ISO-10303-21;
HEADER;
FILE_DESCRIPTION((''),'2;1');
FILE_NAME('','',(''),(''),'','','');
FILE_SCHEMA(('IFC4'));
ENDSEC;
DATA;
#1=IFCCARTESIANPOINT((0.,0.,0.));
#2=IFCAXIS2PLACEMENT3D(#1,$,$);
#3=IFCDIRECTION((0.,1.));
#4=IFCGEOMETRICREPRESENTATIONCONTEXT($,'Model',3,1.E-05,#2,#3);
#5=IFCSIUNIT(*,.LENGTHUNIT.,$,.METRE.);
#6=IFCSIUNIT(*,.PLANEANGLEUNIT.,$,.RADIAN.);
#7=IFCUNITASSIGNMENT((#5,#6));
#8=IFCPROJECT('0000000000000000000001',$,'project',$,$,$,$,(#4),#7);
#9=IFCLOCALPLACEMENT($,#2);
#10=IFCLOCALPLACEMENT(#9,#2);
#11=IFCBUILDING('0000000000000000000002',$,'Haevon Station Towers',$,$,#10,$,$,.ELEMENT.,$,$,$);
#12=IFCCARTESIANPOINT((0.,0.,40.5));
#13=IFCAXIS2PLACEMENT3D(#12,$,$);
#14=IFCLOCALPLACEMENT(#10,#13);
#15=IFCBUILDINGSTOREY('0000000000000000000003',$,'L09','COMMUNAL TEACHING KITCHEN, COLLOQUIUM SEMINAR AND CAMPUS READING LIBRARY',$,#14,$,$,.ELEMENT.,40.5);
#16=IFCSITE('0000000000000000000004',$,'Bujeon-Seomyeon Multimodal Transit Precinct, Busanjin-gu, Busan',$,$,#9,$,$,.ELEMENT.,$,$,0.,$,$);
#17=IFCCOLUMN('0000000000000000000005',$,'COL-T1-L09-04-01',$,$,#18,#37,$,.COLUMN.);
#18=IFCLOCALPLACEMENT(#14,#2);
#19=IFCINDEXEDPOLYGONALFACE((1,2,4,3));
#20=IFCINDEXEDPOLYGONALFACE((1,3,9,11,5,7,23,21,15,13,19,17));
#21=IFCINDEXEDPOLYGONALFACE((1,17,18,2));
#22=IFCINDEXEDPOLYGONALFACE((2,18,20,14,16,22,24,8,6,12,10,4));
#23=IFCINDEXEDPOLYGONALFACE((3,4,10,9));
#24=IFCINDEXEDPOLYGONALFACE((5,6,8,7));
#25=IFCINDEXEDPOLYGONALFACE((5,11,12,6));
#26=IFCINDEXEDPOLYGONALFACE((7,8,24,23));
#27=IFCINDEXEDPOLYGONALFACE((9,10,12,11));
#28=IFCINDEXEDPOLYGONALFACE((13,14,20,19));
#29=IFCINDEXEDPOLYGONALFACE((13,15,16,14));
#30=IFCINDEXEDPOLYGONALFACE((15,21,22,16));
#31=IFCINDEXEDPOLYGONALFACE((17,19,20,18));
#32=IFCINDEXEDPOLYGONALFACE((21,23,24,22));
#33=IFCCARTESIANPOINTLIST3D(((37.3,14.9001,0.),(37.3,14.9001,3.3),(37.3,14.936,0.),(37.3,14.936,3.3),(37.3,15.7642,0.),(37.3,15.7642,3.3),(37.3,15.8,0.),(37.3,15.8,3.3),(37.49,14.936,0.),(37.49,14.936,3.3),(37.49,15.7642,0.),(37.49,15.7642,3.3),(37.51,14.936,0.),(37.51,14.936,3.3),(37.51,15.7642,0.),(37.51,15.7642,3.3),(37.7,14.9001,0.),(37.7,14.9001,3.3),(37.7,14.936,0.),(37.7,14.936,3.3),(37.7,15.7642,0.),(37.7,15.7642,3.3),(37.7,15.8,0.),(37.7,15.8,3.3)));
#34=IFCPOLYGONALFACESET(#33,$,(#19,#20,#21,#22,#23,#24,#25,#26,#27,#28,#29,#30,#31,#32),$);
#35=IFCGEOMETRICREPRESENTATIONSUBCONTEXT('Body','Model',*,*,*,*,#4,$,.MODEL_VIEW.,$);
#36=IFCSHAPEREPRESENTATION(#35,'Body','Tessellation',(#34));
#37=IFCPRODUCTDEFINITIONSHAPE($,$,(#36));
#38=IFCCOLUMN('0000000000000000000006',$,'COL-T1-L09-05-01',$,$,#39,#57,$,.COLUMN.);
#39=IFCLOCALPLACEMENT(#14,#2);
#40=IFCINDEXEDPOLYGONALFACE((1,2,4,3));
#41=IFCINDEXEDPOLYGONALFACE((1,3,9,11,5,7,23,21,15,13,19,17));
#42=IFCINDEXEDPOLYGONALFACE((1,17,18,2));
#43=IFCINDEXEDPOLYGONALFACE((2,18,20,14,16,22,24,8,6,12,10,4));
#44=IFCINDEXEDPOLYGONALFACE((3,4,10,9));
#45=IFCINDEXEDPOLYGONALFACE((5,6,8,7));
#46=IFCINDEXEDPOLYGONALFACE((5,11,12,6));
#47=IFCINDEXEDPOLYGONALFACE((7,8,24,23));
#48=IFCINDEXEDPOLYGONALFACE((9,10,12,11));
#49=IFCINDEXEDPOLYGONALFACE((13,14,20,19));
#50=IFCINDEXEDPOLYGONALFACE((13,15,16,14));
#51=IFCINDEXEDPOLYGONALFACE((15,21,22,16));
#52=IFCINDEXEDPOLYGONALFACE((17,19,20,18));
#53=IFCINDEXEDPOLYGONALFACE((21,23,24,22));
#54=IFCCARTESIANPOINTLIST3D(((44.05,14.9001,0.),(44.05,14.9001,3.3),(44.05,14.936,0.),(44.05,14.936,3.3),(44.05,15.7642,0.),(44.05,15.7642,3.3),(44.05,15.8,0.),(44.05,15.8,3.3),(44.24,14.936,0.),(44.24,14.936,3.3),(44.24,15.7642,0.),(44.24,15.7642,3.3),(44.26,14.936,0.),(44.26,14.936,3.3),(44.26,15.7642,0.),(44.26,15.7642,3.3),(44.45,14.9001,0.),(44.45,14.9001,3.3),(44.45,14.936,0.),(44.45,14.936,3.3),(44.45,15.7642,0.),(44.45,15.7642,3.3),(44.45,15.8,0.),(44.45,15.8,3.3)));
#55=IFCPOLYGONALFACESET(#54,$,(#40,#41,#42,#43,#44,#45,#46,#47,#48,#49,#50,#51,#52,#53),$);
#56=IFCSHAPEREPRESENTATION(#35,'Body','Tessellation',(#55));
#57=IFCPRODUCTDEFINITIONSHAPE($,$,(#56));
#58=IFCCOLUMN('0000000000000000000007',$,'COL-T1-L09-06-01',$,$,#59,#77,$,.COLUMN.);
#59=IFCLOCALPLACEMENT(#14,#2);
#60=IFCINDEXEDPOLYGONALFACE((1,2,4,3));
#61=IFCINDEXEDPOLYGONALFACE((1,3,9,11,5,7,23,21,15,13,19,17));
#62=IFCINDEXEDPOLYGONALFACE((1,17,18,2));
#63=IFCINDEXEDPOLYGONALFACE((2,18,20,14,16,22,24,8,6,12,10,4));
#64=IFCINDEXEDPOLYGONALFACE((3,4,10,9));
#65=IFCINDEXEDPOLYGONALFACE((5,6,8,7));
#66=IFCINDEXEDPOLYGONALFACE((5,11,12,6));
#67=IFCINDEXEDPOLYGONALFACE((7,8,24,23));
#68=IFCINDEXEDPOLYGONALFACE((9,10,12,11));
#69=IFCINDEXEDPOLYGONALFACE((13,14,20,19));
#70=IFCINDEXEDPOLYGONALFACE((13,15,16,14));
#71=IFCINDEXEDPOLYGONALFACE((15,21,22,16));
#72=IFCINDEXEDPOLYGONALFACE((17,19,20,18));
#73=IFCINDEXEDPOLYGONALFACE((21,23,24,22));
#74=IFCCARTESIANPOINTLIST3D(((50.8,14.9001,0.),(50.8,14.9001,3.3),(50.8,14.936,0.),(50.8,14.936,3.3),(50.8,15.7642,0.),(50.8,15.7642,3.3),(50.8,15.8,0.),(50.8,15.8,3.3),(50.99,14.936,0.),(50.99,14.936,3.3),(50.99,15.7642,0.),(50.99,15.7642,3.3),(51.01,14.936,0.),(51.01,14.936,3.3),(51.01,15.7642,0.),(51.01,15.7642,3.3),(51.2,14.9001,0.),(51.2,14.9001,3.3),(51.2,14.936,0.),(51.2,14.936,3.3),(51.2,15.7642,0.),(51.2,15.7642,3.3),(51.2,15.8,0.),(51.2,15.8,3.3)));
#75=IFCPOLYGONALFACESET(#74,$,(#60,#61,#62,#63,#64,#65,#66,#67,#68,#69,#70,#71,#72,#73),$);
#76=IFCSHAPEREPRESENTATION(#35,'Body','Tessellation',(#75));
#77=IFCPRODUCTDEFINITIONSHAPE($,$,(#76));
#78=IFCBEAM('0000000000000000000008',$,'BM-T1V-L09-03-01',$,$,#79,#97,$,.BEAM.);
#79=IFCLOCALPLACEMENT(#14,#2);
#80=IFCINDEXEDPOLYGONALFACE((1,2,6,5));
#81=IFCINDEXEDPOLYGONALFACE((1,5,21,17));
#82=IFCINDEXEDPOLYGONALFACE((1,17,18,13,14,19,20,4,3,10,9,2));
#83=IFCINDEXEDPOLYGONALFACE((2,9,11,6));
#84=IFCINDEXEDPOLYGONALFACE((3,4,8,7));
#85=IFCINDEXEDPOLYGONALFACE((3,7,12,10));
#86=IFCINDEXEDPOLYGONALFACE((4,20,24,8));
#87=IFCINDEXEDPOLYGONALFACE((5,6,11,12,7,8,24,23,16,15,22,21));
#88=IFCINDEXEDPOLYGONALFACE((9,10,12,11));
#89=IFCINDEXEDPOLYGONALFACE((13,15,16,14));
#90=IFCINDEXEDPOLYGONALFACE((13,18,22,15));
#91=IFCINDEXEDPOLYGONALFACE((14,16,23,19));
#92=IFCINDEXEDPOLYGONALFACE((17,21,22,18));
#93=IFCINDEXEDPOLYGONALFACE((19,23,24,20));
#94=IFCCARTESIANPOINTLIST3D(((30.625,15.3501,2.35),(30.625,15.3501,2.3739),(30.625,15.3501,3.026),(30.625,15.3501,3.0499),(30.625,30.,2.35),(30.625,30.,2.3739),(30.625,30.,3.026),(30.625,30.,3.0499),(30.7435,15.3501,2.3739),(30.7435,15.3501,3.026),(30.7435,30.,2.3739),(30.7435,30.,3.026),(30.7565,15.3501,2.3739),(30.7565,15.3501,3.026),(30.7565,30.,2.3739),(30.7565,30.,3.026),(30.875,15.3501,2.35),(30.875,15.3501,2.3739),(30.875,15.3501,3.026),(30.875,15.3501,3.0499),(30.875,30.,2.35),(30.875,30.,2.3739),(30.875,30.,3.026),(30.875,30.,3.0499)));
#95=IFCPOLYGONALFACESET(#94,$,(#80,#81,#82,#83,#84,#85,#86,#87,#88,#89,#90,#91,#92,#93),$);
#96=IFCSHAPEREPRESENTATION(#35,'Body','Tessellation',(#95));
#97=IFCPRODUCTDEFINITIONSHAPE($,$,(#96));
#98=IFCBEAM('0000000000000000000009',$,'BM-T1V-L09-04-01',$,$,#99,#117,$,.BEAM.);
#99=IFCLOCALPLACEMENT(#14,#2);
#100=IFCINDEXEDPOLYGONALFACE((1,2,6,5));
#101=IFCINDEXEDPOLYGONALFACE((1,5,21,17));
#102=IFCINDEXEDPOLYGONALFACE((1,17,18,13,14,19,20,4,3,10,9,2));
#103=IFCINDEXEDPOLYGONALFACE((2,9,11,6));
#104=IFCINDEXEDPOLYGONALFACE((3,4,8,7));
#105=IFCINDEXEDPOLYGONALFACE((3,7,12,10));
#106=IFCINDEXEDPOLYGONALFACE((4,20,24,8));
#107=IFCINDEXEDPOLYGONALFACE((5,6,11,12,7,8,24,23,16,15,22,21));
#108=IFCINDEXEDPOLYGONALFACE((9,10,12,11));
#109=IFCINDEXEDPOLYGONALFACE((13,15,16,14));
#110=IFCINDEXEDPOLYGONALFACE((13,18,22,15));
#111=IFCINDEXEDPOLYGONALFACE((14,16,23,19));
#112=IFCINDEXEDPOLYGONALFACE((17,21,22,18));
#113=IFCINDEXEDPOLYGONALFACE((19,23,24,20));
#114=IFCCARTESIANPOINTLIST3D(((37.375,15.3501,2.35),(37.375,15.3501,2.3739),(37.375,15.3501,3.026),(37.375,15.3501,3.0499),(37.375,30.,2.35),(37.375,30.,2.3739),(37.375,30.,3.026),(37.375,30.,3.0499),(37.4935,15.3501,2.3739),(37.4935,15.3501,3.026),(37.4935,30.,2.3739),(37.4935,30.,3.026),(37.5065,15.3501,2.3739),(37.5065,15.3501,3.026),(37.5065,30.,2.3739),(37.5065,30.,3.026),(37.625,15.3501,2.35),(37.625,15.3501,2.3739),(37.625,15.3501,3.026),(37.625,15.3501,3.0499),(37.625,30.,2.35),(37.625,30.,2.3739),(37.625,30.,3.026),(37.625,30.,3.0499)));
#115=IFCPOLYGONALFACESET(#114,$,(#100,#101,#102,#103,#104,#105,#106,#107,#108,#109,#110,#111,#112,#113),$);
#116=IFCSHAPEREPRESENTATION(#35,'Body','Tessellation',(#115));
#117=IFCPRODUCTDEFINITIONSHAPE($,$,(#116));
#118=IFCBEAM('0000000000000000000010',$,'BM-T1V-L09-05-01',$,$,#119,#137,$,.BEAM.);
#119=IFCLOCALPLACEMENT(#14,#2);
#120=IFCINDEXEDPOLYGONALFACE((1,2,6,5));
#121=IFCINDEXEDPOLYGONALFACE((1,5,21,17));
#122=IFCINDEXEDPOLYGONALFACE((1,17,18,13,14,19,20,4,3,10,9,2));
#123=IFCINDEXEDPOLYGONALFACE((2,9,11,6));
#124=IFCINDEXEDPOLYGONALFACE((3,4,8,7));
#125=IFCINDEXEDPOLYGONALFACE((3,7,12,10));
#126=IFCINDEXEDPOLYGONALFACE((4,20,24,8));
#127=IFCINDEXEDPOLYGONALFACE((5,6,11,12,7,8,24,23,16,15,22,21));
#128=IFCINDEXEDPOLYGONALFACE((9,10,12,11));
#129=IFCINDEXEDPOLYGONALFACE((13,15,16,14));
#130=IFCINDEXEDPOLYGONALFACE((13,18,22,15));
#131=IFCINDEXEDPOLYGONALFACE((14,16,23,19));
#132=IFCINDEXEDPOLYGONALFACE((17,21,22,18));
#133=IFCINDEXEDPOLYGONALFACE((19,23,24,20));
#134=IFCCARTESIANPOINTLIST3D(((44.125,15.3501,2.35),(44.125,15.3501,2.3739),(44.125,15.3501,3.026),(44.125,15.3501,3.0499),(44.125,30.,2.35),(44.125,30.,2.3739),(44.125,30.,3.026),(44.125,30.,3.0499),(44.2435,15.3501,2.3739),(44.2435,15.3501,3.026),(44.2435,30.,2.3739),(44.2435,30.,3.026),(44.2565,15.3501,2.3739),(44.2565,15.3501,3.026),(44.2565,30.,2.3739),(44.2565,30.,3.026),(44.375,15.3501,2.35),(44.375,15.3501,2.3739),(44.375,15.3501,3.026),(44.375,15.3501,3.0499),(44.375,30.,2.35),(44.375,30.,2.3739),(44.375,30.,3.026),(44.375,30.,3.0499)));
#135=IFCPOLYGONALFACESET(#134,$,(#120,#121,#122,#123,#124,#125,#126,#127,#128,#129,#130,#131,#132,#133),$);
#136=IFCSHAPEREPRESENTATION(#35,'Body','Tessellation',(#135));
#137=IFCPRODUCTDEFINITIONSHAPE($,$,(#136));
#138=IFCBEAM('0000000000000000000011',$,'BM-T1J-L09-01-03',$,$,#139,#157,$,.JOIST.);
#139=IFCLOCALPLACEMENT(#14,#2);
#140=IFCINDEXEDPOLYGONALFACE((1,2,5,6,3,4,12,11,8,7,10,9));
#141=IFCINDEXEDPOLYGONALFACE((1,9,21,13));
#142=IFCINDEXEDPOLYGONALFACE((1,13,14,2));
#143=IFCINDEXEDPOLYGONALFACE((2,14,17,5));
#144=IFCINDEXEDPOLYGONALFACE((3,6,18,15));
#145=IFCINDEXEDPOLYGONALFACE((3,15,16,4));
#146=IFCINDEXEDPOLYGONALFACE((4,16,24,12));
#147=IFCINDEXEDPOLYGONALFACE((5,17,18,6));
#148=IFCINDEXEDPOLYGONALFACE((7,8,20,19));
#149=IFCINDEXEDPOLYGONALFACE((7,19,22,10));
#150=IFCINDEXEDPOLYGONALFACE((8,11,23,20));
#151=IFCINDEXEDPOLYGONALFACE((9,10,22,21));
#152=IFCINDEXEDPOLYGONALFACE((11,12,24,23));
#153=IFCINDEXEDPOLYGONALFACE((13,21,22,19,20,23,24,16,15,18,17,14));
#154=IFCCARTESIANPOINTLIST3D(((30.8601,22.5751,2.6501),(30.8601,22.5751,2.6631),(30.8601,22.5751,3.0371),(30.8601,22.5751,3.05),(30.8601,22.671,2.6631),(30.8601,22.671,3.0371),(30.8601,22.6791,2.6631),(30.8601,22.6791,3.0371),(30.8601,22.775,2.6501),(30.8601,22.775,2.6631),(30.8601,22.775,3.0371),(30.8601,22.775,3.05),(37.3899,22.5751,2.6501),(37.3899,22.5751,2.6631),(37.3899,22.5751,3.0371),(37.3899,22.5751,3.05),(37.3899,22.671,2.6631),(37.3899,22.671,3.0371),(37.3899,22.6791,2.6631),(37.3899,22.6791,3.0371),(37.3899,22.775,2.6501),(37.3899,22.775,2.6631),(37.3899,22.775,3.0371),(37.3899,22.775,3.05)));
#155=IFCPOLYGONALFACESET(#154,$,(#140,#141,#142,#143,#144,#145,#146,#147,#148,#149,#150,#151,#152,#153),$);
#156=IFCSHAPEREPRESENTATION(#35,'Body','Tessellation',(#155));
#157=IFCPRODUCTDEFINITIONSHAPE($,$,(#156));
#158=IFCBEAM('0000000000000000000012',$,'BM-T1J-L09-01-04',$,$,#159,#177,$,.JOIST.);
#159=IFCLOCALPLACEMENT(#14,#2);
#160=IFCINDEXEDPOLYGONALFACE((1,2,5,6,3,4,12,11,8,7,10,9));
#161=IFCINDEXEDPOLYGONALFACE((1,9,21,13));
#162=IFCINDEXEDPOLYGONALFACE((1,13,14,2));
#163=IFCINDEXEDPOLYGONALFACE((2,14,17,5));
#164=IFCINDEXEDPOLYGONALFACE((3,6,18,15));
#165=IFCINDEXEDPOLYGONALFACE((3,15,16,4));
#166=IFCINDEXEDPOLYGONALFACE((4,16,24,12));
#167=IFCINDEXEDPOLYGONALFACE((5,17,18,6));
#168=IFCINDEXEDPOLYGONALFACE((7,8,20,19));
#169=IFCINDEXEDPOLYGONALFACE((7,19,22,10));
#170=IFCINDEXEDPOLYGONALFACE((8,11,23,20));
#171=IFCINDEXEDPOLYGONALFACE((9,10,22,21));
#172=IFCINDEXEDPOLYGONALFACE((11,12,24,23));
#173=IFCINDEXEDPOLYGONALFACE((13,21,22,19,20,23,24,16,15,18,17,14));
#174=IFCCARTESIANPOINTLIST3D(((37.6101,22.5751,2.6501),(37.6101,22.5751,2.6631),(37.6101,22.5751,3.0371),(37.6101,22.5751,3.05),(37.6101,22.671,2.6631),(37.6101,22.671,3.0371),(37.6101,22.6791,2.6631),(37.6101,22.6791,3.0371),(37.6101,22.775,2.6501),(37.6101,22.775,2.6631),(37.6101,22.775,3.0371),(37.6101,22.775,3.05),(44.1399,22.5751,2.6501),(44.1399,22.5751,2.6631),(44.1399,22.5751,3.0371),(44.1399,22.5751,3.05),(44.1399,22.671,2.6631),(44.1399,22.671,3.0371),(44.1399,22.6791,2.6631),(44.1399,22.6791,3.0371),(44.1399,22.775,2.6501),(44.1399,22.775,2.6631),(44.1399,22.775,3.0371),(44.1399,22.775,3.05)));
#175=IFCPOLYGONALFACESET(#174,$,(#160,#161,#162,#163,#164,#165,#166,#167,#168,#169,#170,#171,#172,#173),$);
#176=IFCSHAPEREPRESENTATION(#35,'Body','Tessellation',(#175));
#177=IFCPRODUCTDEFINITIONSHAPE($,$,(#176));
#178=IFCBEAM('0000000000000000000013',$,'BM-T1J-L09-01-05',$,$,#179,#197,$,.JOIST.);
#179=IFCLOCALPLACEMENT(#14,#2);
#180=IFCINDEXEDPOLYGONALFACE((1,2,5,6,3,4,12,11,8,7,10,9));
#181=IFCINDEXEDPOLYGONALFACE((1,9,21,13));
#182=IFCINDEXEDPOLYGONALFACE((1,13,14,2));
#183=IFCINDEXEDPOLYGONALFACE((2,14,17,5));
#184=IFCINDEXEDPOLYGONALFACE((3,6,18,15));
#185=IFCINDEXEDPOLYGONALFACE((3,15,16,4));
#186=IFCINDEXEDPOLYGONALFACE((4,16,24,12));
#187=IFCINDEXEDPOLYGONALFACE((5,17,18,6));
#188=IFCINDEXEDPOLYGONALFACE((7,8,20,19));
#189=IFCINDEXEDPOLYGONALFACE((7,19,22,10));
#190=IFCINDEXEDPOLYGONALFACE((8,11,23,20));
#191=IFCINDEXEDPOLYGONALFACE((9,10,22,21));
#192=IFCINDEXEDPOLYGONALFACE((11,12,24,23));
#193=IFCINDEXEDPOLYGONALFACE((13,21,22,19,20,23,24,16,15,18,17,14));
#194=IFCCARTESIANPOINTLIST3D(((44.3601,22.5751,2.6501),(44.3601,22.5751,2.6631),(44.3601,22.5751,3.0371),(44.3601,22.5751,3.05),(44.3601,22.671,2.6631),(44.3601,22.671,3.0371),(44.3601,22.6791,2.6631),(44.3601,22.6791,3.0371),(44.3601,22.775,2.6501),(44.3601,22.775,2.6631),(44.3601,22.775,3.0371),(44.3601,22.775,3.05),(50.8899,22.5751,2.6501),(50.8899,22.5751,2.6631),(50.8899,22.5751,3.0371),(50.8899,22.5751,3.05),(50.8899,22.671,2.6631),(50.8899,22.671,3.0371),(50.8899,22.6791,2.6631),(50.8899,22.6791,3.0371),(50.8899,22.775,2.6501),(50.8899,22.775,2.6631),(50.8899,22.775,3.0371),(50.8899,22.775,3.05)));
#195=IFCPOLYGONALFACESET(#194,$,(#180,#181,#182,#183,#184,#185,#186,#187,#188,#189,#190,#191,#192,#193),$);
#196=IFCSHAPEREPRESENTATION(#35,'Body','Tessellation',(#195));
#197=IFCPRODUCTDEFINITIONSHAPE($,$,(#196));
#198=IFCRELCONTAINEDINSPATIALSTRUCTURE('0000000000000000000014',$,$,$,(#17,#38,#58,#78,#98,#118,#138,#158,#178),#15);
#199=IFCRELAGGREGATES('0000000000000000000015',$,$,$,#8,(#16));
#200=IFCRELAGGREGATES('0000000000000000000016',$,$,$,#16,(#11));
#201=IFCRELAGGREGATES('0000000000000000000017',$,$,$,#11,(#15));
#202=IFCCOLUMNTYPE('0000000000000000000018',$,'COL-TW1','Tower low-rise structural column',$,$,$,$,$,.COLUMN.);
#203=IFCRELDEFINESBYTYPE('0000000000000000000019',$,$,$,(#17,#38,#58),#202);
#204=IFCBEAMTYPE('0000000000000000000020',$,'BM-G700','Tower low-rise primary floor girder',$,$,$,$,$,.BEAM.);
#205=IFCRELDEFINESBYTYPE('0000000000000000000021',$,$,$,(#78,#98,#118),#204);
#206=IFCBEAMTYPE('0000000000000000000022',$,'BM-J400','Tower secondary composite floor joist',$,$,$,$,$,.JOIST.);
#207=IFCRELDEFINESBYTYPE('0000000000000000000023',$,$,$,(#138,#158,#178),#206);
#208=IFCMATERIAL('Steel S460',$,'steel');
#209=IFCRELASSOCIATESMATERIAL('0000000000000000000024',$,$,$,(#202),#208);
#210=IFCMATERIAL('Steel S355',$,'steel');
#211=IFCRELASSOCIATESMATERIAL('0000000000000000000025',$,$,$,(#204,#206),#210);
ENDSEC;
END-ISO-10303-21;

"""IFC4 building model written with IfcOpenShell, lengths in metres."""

from ifc_helpers import new_model, si_unit, direction, frame, origin, origin_2d, place, context, subcontext, project, spatial, i_section, extrude, material, material_profile, profile_set, type_object, element, save


model = new_model("IFC4")

# Units and contexts
model_context = context("Model", 3, precision=1e-05, world=origin(), true_north=direction((0.0, 1.0)))
body_context = subcontext(model_context, "Body", "Model", "MODEL_VIEW")
ifc_project = project(units=[si_unit("LENGTHUNIT", "METRE"), si_unit("PLANEANGLEUNIT", "RADIAN")], contexts=[model_context])

# Site, building, storey
site_placement = place(None, origin())
site = spatial("IfcSite", under=ifc_project, at=site_placement, Name="Bujeon-Seomyeon Multimodal Transit Precinct, Busanjin-gu, Busan", CompositionType="ELEMENT", RefElevation=0.0)
building_placement = place(site_placement, origin())
building = spatial("IfcBuilding", under=site, at=building_placement, Name="Haevon Station Towers", CompositionType="ELEMENT")
storey_placement = place(building_placement, frame((0.0, 0.0, 40.5)))
storey = spatial("IfcBuildingStorey", under=building, at=storey_placement, Name="L09", Description="COMMUNAL TEACHING KITCHEN, COLLOQUIUM SEMINAR AND CAMPUS READING LIBRARY", CompositionType="ELEMENT", Elevation=40.5)

# Columns
ifc_material_1 = material(Name="Steel S460", Category="steel")
ifc_material_profile_1 = material_profile(ifc_material_1, i_section(OverallWidth=0.3999, OverallDepth=0.8999, WebThickness=0.02, FlangeThickness=0.0359, at=origin_2d()), Name="H-900x400x20x36")
ifc_profile_set_1 = profile_set([ifc_material_profile_1], Name="Steel S460")
column_type = type_object("IfcColumnType", Name="COL-TW1", Description="Tower low-rise structural column", PredefinedType="COLUMN", material=ifc_profile_set_1)
for number, where, z_axis, x_axis, name in (
    (1, (37.5, 15.3501, 0.0), (0.0, 0.0, 1.0), (1.0, 0.0, 0.0), "COL-T1-L09-04-01"),
    (2, (44.25, 15.3501, 0.0), (0.0, 0.0, 1.0), (1.0, 0.0, 0.0), "COL-T1-L09-05-01"),
    (3, (51.0, 15.3501, 0.0), (0.0, 0.0, 1.0), (1.0, 0.0, 0.0), "COL-T1-L09-06-01"),
):
    element("IfcColumn", number, at=place(storey_placement, frame(where, z_axis=z_axis, x_axis=x_axis)), inside=storey, type_object=column_type, Name=name, PredefinedType="COLUMN", context=body_context, shape_type="SweptSolid", body=[
        extrude(i_section(OverallWidth=0.3999, OverallDepth=0.8999, WebThickness=0.02, FlangeThickness=0.0359, at=origin_2d()), origin(), (0.0, 0.0, 1.0), 3.3),
    ])

# Beams
ifc_material_2 = material(Name="Steel S355", Category="steel")
ifc_material_profile_2 = material_profile(ifc_material_2, i_section(OverallWidth=0.25, OverallDepth=0.7, WebThickness=0.0129, FlangeThickness=0.0239, at=origin_2d()), Name="H-700x250x13x24")
ifc_profile_set_2 = profile_set([ifc_material_profile_2], Name="Steel S355")
beam_type_1 = type_object("IfcBeamType", Name="BM-G700", Description="Tower low-rise primary floor girder", PredefinedType="BEAM", material=ifc_profile_set_2)
for number, where, z_axis, x_axis, name in (
    (4, (30.75, 15.3501, 2.7), (0.0, 1.0, 0.0), (-1.0, 0.0, 0.0), "BM-T1V-L09-03-01"),
    (5, (37.5, 15.3501, 2.7), (0.0, 1.0, 0.0), (-1.0, 0.0, 0.0), "BM-T1V-L09-04-01"),
    (6, (44.25, 15.3501, 2.7), (0.0, 1.0, 0.0), (-1.0, 0.0, 0.0), "BM-T1V-L09-05-01"),
):
    element("IfcBeam", number, at=place(storey_placement, frame(where, z_axis=z_axis, x_axis=x_axis)), inside=storey, type_object=beam_type_1, Name=name, PredefinedType="BEAM", context=body_context, shape_type="SweptSolid", body=[
        extrude(i_section(OverallWidth=0.25, OverallDepth=0.7, WebThickness=0.0129, FlangeThickness=0.0239, at=origin_2d()), origin(), (0.0, 0.0, 1.0), 14.6499),
    ])
ifc_material_profile_3 = material_profile(ifc_material_2, i_section(OverallWidth=0.2, OverallDepth=0.3999, WebThickness=0.0081, FlangeThickness=0.0129, at=origin_2d()), Name="H-400x200x8x13")
ifc_profile_set_3 = profile_set([ifc_material_profile_3], Name="Steel S355")
beam_type_2 = type_object("IfcBeamType", Name="BM-J400", Description="Tower secondary composite floor joist", PredefinedType="JOIST", material=ifc_profile_set_3)
for number, where, z_axis, x_axis, name in (
    (7, (30.8601, 22.675, 2.8501), (1.0, 0.0, 0.0), (0.0, 1.0, 0.0), "BM-T1J-L09-01-03"),
    (8, (37.6101, 22.675, 2.8501), (1.0, 0.0, 0.0), (0.0, 1.0, 0.0), "BM-T1J-L09-01-04"),
    (9, (44.3601, 22.675, 2.8501), (1.0, 0.0, 0.0), (0.0, 1.0, 0.0), "BM-T1J-L09-01-05"),
):
    element("IfcBeam", number, at=place(storey_placement, frame(where, z_axis=z_axis, x_axis=x_axis)), inside=storey, type_object=beam_type_2, Name=name, PredefinedType="JOIST", context=body_context, shape_type="SweptSolid", body=[
        extrude(i_section(OverallWidth=0.2, OverallDepth=0.3999, WebThickness=0.0081, FlangeThickness=0.0129, at=origin_2d()), origin(), (0.0, 0.0, 1.0), 6.5298),
    ])

save(model, "model.ifc")
